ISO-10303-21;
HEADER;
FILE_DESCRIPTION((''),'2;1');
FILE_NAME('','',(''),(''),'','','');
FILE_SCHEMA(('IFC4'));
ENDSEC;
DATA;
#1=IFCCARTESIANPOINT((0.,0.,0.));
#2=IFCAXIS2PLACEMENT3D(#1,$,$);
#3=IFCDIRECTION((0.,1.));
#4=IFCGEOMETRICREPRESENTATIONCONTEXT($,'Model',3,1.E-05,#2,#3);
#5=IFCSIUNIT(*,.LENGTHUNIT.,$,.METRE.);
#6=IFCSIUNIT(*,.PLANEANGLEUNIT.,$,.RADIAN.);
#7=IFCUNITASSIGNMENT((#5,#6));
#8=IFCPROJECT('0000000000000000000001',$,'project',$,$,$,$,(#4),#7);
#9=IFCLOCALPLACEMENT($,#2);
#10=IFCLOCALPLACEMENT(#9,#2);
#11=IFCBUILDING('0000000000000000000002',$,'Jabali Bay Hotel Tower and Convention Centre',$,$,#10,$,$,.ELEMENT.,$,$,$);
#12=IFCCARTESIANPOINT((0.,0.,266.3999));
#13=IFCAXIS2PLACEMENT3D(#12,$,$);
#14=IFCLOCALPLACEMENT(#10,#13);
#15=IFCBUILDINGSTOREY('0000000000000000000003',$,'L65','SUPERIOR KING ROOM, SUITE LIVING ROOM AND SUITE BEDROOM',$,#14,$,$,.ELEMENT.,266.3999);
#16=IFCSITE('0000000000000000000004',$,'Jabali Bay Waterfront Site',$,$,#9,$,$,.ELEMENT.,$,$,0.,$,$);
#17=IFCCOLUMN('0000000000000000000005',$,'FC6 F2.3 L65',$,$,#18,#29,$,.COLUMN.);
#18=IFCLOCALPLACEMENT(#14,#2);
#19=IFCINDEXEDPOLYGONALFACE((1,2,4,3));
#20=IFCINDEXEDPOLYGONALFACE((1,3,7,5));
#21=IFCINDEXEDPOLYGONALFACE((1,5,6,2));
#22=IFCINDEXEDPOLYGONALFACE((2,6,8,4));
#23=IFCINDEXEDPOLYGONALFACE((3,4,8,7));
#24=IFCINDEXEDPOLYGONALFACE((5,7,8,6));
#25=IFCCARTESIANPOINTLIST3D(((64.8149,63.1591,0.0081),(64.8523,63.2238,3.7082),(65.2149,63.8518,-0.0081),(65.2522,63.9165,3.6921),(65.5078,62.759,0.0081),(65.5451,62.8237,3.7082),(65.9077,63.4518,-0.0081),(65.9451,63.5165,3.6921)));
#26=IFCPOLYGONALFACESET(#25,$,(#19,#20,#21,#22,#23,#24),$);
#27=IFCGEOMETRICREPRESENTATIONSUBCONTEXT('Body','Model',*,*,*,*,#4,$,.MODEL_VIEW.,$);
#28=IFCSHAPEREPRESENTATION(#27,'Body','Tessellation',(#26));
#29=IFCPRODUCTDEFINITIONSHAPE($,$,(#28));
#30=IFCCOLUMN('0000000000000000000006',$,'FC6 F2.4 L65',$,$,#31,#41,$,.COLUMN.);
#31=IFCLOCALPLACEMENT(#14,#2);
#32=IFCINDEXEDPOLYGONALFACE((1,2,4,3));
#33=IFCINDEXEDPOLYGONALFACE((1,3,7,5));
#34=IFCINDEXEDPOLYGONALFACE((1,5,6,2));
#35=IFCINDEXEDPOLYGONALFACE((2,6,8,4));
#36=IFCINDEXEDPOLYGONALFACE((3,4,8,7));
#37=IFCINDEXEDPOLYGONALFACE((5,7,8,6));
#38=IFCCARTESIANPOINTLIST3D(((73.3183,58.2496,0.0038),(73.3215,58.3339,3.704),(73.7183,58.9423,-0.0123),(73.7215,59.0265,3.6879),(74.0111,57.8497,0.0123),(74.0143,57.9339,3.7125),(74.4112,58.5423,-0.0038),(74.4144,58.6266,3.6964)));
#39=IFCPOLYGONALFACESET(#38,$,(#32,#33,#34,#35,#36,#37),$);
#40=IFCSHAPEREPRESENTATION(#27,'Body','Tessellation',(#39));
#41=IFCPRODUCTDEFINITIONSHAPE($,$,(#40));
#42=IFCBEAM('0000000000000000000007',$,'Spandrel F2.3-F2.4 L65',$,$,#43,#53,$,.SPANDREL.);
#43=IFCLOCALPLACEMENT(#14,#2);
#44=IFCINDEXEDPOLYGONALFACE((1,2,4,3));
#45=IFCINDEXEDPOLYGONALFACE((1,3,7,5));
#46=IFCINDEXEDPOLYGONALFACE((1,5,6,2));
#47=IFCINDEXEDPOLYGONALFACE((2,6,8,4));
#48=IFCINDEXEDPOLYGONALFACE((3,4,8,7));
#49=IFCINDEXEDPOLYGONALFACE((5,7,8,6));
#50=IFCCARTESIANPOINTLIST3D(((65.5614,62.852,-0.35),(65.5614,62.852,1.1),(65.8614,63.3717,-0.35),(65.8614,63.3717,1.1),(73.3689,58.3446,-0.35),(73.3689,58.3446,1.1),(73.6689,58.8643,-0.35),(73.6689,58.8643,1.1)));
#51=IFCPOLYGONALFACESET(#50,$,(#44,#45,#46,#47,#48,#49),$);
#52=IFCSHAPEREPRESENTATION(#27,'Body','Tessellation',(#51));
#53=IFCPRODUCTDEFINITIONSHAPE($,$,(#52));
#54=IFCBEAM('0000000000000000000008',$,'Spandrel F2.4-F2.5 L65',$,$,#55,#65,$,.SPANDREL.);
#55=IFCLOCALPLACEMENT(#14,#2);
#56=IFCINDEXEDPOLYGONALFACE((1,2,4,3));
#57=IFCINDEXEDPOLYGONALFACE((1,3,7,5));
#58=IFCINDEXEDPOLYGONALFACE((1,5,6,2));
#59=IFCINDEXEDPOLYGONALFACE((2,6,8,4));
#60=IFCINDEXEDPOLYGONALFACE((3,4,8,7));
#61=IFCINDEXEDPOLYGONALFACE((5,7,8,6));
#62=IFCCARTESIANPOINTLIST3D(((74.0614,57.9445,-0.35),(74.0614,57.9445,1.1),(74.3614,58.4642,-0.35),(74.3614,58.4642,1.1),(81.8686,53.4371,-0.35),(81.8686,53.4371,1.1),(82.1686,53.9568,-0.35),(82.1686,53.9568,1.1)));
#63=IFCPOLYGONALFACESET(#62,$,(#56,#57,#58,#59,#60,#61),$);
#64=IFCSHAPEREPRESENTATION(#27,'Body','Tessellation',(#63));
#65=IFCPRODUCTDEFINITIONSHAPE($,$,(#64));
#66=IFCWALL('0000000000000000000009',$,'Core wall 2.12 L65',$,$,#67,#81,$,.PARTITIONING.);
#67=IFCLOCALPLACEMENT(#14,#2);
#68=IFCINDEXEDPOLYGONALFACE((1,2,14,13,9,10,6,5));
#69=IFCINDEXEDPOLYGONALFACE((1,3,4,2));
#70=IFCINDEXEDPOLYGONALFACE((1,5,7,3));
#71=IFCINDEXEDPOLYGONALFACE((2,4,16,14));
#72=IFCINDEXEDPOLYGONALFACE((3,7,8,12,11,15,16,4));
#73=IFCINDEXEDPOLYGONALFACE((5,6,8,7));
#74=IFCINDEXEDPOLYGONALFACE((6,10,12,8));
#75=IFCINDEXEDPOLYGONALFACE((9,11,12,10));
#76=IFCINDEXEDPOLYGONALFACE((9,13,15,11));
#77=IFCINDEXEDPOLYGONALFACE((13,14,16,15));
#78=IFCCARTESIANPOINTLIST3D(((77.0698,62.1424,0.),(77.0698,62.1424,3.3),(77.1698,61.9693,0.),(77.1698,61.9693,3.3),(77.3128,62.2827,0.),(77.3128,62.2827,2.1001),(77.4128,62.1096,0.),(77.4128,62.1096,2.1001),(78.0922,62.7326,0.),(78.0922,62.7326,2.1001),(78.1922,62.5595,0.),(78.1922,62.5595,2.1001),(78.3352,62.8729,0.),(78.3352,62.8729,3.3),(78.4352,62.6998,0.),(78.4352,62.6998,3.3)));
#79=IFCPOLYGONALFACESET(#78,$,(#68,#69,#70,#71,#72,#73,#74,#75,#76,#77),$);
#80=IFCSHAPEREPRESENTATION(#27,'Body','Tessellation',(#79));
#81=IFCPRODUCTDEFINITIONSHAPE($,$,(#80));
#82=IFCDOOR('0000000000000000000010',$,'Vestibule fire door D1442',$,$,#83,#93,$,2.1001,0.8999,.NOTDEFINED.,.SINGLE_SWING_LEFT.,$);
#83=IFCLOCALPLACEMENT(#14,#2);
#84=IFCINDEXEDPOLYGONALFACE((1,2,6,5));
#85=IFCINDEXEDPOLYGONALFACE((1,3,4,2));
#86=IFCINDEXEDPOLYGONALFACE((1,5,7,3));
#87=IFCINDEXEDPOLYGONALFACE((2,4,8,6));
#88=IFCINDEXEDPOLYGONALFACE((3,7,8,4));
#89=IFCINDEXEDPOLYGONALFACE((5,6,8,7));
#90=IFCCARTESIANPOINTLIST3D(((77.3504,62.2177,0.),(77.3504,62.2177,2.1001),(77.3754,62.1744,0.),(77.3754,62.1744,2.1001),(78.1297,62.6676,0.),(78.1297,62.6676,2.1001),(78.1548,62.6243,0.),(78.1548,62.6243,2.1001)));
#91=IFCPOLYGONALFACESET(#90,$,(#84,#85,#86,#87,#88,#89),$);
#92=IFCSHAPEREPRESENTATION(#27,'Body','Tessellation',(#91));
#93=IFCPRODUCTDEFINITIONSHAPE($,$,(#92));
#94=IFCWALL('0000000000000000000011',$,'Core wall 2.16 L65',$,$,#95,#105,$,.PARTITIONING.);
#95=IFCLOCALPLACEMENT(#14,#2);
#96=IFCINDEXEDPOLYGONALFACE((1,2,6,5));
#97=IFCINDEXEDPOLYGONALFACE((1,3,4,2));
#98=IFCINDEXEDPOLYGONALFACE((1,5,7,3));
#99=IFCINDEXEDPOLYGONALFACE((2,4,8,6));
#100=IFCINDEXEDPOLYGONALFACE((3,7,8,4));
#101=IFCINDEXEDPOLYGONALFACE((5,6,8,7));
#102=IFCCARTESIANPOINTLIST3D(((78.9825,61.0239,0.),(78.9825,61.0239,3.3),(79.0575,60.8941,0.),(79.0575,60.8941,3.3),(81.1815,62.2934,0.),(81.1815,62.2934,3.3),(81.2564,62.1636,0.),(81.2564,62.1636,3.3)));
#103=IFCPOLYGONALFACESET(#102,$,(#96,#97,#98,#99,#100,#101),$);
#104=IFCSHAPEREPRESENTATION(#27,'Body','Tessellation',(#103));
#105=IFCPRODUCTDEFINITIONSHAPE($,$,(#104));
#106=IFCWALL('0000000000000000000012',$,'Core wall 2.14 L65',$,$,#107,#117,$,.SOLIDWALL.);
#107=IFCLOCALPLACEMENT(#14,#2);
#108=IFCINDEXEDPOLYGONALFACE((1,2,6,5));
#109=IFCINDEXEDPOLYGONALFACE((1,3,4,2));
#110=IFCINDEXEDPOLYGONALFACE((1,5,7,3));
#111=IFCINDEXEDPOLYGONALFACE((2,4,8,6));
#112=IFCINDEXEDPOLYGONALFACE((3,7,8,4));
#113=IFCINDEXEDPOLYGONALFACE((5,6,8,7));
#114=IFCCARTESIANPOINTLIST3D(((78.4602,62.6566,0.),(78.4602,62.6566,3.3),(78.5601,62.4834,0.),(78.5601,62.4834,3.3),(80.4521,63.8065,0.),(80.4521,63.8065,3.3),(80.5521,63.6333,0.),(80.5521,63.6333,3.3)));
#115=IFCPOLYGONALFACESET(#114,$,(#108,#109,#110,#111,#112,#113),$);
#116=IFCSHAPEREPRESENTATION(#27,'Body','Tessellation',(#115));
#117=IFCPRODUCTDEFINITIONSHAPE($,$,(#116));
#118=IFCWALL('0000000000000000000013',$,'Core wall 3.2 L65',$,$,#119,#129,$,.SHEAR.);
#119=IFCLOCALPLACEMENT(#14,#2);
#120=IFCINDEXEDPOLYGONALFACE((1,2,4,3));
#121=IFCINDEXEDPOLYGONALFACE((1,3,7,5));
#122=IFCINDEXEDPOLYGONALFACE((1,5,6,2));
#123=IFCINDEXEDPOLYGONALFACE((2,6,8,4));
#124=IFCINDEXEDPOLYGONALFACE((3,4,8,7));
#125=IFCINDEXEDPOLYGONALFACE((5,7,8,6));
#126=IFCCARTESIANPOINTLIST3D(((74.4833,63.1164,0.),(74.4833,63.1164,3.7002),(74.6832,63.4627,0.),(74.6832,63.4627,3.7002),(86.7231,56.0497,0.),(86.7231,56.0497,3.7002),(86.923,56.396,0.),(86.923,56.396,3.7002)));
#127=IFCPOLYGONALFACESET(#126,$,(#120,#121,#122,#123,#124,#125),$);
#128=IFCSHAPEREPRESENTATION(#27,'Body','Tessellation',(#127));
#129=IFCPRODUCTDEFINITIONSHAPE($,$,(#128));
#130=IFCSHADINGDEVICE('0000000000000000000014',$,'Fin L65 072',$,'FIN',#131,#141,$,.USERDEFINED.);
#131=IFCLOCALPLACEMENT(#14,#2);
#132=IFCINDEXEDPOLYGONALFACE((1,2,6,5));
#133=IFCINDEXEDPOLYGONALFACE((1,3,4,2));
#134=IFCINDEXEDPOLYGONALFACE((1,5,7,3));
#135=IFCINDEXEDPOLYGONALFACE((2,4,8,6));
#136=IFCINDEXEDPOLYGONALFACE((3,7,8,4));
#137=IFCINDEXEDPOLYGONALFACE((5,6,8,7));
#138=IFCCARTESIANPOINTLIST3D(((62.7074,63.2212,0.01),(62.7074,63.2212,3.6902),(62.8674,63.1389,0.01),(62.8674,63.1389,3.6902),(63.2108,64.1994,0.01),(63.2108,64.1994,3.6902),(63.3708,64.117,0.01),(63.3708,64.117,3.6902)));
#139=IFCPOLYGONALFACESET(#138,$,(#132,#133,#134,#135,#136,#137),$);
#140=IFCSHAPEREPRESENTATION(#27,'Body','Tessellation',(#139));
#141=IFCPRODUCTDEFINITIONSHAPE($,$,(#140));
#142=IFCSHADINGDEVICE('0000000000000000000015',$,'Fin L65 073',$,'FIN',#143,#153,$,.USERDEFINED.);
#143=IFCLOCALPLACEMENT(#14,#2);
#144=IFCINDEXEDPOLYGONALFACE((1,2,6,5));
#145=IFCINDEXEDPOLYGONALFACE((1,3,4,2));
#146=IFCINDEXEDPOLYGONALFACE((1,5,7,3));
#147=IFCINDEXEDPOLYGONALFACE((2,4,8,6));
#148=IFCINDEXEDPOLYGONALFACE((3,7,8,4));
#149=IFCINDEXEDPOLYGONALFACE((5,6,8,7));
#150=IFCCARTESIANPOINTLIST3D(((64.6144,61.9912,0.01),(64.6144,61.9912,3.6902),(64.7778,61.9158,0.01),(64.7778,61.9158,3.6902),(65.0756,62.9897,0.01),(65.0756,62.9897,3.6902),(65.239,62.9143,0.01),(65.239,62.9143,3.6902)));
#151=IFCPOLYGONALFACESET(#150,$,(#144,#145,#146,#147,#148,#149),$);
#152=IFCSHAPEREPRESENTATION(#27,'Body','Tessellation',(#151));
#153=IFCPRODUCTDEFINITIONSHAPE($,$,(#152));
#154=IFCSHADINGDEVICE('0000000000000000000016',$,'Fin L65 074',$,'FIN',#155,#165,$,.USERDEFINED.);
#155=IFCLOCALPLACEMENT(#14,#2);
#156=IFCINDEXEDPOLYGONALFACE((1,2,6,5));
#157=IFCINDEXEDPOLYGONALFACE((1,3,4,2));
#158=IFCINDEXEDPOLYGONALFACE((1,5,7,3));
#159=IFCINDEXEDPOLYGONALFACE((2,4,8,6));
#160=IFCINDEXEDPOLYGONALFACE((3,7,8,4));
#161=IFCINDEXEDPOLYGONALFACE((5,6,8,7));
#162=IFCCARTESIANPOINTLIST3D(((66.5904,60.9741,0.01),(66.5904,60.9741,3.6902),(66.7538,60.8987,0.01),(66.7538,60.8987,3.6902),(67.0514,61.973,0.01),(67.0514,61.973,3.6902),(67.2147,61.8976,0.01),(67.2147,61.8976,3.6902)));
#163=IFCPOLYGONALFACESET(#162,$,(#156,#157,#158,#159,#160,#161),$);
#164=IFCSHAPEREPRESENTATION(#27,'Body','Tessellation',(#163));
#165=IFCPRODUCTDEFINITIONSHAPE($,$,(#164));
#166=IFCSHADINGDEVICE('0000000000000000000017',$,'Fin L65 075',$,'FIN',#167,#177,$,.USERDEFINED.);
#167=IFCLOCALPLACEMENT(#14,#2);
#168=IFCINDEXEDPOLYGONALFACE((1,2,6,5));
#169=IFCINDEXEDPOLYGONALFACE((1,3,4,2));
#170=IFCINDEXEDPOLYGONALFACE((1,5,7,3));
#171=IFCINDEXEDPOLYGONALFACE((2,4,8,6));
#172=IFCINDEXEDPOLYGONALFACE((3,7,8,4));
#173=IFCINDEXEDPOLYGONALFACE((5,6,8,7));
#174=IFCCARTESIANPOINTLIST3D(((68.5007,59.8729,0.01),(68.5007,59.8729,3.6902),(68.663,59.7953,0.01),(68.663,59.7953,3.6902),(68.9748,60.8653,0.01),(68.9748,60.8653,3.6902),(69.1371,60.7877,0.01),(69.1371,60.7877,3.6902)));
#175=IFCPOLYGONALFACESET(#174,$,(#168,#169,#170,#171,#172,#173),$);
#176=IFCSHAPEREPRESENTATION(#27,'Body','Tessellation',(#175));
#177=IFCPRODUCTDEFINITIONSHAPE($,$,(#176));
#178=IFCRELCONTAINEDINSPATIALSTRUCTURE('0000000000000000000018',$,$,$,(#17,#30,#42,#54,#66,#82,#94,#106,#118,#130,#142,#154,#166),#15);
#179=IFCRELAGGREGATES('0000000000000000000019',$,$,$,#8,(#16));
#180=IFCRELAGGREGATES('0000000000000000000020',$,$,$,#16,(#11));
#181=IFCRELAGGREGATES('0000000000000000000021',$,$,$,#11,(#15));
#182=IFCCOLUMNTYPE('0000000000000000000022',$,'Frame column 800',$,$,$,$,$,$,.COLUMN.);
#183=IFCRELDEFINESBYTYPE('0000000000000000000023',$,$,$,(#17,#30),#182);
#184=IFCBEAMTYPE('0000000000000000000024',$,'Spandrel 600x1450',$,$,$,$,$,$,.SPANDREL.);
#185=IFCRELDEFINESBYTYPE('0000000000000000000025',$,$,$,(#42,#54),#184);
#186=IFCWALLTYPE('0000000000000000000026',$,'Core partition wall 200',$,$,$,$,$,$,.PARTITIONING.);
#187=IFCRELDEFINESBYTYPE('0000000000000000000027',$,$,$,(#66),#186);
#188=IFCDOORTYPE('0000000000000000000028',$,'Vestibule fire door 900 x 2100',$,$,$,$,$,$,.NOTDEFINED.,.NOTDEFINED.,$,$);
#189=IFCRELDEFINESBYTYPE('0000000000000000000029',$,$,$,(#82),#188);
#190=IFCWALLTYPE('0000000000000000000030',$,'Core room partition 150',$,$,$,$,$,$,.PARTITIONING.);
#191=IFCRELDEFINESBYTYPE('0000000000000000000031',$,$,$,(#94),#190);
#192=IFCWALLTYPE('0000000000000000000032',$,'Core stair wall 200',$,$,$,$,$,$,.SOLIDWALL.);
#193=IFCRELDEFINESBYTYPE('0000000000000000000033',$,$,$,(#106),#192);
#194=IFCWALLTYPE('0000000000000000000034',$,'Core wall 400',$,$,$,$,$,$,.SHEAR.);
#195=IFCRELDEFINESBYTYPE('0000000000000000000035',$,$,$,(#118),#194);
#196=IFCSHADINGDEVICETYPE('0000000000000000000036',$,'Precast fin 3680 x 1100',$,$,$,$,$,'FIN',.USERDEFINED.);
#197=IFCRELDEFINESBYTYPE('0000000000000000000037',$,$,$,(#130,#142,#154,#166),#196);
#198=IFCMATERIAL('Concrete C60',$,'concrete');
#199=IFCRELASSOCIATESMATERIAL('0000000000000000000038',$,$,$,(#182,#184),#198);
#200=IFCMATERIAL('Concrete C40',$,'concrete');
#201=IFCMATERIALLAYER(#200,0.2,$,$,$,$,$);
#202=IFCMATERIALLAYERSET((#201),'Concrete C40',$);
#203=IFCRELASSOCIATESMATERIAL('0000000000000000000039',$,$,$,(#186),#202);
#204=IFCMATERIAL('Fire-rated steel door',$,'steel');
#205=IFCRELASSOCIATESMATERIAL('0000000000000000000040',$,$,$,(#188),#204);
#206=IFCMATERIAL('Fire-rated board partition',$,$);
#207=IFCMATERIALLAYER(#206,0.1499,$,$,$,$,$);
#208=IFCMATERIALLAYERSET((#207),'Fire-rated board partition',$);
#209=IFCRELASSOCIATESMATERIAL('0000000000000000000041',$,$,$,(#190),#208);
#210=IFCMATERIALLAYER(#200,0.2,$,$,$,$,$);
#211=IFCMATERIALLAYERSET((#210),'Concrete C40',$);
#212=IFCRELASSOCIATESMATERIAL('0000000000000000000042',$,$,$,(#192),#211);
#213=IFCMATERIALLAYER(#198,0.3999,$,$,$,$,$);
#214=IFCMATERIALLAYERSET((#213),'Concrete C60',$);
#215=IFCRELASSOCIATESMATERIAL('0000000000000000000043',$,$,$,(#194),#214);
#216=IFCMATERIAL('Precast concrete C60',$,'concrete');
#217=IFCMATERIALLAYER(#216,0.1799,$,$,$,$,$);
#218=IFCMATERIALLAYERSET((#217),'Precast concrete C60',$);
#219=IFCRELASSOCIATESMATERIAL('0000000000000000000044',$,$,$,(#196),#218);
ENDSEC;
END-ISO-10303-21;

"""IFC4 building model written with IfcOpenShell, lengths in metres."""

from ifc_helpers import new_model, si_unit, direction, frame, frame_2d, origin, origin_2d, place, context, subcontext, project, spatial, rectangle, extrude, material, layer, layer_set, material_profile, profile_set, type_object, element, fill, save


model = new_model("IFC4")

# Units and contexts
model_context = context("Model", 3, precision=1e-05, world=origin(), true_north=direction((0.0, 1.0)))
body_context = subcontext(model_context, "Body", "Model", "MODEL_VIEW")
ifc_project = project(units=[si_unit("LENGTHUNIT", "METRE"), si_unit("PLANEANGLEUNIT", "RADIAN")], contexts=[model_context])

# Site, building, storey
site_placement = place(None, origin())
site = spatial("IfcSite", under=ifc_project, at=site_placement, Name="Jabali Bay Waterfront Site", CompositionType="ELEMENT", RefElevation=0.0)
building_placement = place(site_placement, origin())
building = spatial("IfcBuilding", under=site, at=building_placement, Name="Jabali Bay Hotel Tower and Convention Centre", CompositionType="ELEMENT")
storey_placement = place(building_placement, frame((0.0, 0.0, 266.3999)))
storey = spatial("IfcBuildingStorey", under=building, at=storey_placement, Name="L65", Description="SUPERIOR KING ROOM, SUITE LIVING ROOM AND SUITE BEDROOM", CompositionType="ELEMENT", Elevation=266.3999)

# Columns
ifc_material_1 = material(Name="Concrete C60", Category="concrete")
ifc_material_profile_1 = material_profile(ifc_material_1, rectangle(XDim=0.8, YDim=0.8, at=origin_2d()), Name="Frame column 800")
ifc_profile_set_1 = profile_set([ifc_material_profile_1], Name="Concrete C60")
column_type = type_object("IfcColumnType", Name="Frame column 800", PredefinedType="COLUMN", material=ifc_profile_set_1)
column_1_placement = place(storey_placement, frame((65.3613, 63.3054, 0.0), z_axis=(0.010093, 0.017481, 0.999796), x_axis=(-0.866026, 0.499999, 0.0)))
element("IfcColumn", 1, at=column_1_placement, inside=storey, type_object=column_type, Name="FC6 F2.3 L65", PredefinedType="COLUMN", context=body_context, shape_type="SweptSolid", body=[
    extrude(rectangle(XDim=0.8, YDim=0.8, at=origin_2d()), origin(), (0.0, 0.0, 1.0), 3.7009),
])
column_2_placement = place(storey_placement, frame((73.8647, 58.396, 0.0), z_axis=(0.000858, 0.022757, 0.999741), x_axis=(-0.500033, -0.865772, 0.020137)))
element("IfcColumn", 2, at=column_2_placement, inside=storey, type_object=column_type, Name="FC6 F2.4 L65", PredefinedType="COLUMN", context=body_context, shape_type="SweptSolid", body=[
    extrude(rectangle(XDim=0.8, YDim=0.8, at=origin_2d()), origin(), (0.0, 0.0, 1.0), 3.7012),
])

# Beams
ifc_material_profile_2 = material_profile(ifc_material_1, rectangle(XDim=0.6001, YDim=1.45, at=origin_2d()), Name="Spandrel 600x1450")
ifc_profile_set_2 = profile_set([ifc_material_profile_2], Name="Concrete C60")
beam_type = type_object("IfcBeamType", Name="Spandrel 600x1450", PredefinedType="SPANDREL", material=ifc_profile_set_2)
beam_1_placement = place(storey_placement, frame((65.7114, 63.1118, 0.375), z_axis=(0.866038, -0.499978, 0.0), x_axis=(0.499978, 0.866038, 0.0)))
element("IfcBeam", 3, at=beam_1_placement, inside=storey, type_object=beam_type, Name="Spandrel F2.3-F2.4 L65", PredefinedType="SPANDREL", context=body_context, shape_type="SweptSolid", body=[
    extrude(rectangle(XDim=0.6001, YDim=1.45, at=origin_2d()), origin(), (0.0, 0.0, 1.0), 9.0151),
])
beam_2_placement = place(storey_placement, frame((74.2114, 58.2043, 0.375), z_axis=(0.866031, -0.49999, 0.0), x_axis=(0.49999, 0.866031, 0.0)))
element("IfcBeam", 4, at=beam_2_placement, inside=storey, type_object=beam_type, Name="Spandrel F2.4-F2.5 L65", PredefinedType="SPANDREL", context=body_context, shape_type="SweptSolid", body=[
    extrude(rectangle(XDim=0.6001, YDim=1.45, at=origin_2d()), origin(), (0.0, 0.0, 1.0), 9.0149),
])

# Wall, opening, door
ifc_material_2 = material(Name="Concrete C40", Category="concrete")
ifc_layer_1 = layer(ifc_material_2, 0.2)
ifc_layer_set_1 = layer_set([ifc_layer_1], Name="Concrete C40")
wall_type_1 = type_object("IfcWallType", Name="Core partition wall 200", PredefinedType="PARTITIONING", material=ifc_layer_set_1)
wall_1_placement = place(storey_placement, frame((77.1199, 62.0559, 0.0), z_axis=(0.0, 0.0, 1.0), x_axis=(0.866055, 0.499949, 0.0)))
wall_1 = element("IfcWall", 5, at=wall_1_placement, inside=storey, type_object=wall_type_1, Name="Core wall 2.12 L65", PredefinedType="PARTITIONING", context=body_context, shape_type="SweptSolid", body=[
    extrude(rectangle(XDim=1.4612, YDim=0.2, at=frame_2d((0.7305, 0.0))), origin(), (0.0, 0.0, 1.0), 3.3),
])
opening_placement = place(wall_1_placement, frame((0.2805, 0.0, 0.0)))
opening = element("IfcOpeningElement", 6, at=opening_placement, cuts=wall_1, PredefinedType="OPENING", context=body_context, shape_type="SweptSolid", body=[
    extrude(rectangle(XDim=0.8999, YDim=2.1001, at=frame_2d((0.45, 1.05))), frame((0.0, 0.1104, 0.0), z_axis=(0.0, -1.0, 0.0), x_axis=(1.0, 0.0, 0.0)), (0.0, 0.0, 1.0), 0.2209),
])
ifc_material_3 = material(Name="Fire-rated steel door", Category="steel")
door_type = type_object("IfcDoorType", Name="Vestibule fire door 900 x 2100", OperationType="NOTDEFINED", PredefinedType="NOTDEFINED", material=ifc_material_3)
door_placement = place(opening_placement, origin())
door = element("IfcDoor", 7, at=door_placement, inside=storey, type_object=door_type, Name="Vestibule fire door D1442", OperationType="SINGLE_SWING_LEFT", OverallHeight=2.1001, OverallWidth=0.8999, PredefinedType="NOTDEFINED", context=body_context, shape_type="SweptSolid", body=[
    extrude(rectangle(XDim=0.8999, YDim=2.1001, at=frame_2d((0.45, 1.05))), frame((0.0, 0.0249, 0.0), z_axis=(0.0, -1.0, 0.0), x_axis=(1.0, 0.0, 0.0)), (0.0, 0.0, 1.0), 0.05),
])
fill(opening, door)

# Walls
ifc_material_4 = material(Name="Fire-rated board partition")
ifc_layer_2 = layer(ifc_material_4, 0.1499)
ifc_layer_set_2 = layer_set([ifc_layer_2], Name="Fire-rated board partition")
wall_type_2 = type_object("IfcWallType", Name="Core room partition 150", PredefinedType="PARTITIONING", material=ifc_layer_set_2)
wall_2_placement = place(storey_placement, frame((79.02, 60.959, 0.0), z_axis=(0.0, 0.0, 1.0), x_axis=(0.866033, 0.499986, 0.0)))
element("IfcWall", 8, at=wall_2_placement, inside=storey, type_object=wall_type_2, Name="Core wall 2.16 L65", PredefinedType="PARTITIONING", context=body_context, shape_type="SweptSolid", body=[
    extrude(rectangle(XDim=2.5391, YDim=0.1499, at=frame_2d((1.2695, 0.0))), origin(), (0.0, 0.0, 1.0), 3.3),
])
ifc_layer_3 = layer(ifc_material_2, 0.2)
ifc_layer_set_3 = layer_set([ifc_layer_3], Name="Concrete C40")
wall_type_3 = type_object("IfcWallType", Name="Core stair wall 200", PredefinedType="SOLIDWALL", material=ifc_layer_set_3)
wall_3_placement = place(storey_placement, frame((78.5103, 62.5701, 0.0), z_axis=(0.0, 0.0, 1.0), x_axis=(0.866053, 0.499952, 0.0)))
element("IfcWall", 9, at=wall_3_placement, inside=storey, type_object=wall_type_3, Name="Core wall 2.14 L65", PredefinedType="SOLIDWALL", context=body_context, shape_type="SweptSolid", body=[
    extrude(rectangle(XDim=2.3, YDim=0.2, at=frame_2d((1.1499, 0.0))), origin(), (0.0, 0.0, 1.0), 3.3),
])
ifc_layer_4 = layer(ifc_material_1, 0.3999)
ifc_layer_set_4 = layer_set([ifc_layer_4], Name="Concrete C60")
wall_type_4 = type_object("IfcWallType", Name="Core wall 400", PredefinedType="SHEAR", material=ifc_layer_set_4)
wall_4_placement = place(storey_placement, frame((74.5833, 63.2896, 0.0), z_axis=(0.0, 0.0, 1.0), x_axis=(0.866024, -0.500002, 0.0)))
element("IfcWall", 10, at=wall_4_placement, inside=storey, type_object=wall_type_4, Name="Core wall 3.2 L65", PredefinedType="SHEAR", context=body_context, shape_type="SweptSolid", body=[
    extrude(rectangle(XDim=14.1333, YDim=0.3999, at=frame_2d((7.0667, 0.0))), origin(), (0.0, 0.0, 1.0), 3.7002),
])

# Shading devices
ifc_material_5 = material(Name="Precast concrete C60", Category="concrete")
ifc_layer_5 = layer(ifc_material_5, 0.1799)
ifc_layer_set_5 = layer_set([ifc_layer_5], Name="Precast concrete C60")
shading_device_type = type_object("IfcShadingDeviceType", Name="Precast fin 3680 x 1100", ElementType="FIN", PredefinedType="USERDEFINED", material=ifc_layer_set_5)
shading_device_1_placement = place(storey_placement, frame((63.2908, 64.1582, 0.01), z_axis=(0.0, 0.0, 1.0), x_axis=(-0.457569, -0.889174, 0.0)))
element("IfcShadingDevice", 11, at=shading_device_1_placement, inside=storey, type_object=shading_device_type, Name="Fin L65 072", ObjectType="FIN", PredefinedType="USERDEFINED", context=body_context, shape_type="SweptSolid", body=[
    extrude(rectangle(XDim=1.1001, YDim=0.1799, at=frame_2d((0.55, 0.0))), origin(), (0.0, 0.0, 1.0), 3.6802),
])
shading_device_2_placement = place(storey_placement, frame((65.1572, 62.9519, 0.01), z_axis=(0.0, 0.0, 1.0), x_axis=(-0.419297, -0.907849, 0.0)))
element("IfcShadingDevice", 12, at=shading_device_2_placement, inside=storey, type_object=shading_device_type, Name="Fin L65 073", ObjectType="FIN", PredefinedType="USERDEFINED", context=body_context, shape_type="SweptSolid", body=[
    extrude(rectangle(XDim=1.0999, YDim=0.1799, at=frame_2d((0.5498, 0.0))), origin(), (0.0, 0.0, 1.0), 3.6802),
])
shading_device_3_placement = place(storey_placement, frame((67.1331, 61.9353, 0.01), z_axis=(0.0, 0.0, 1.0), x_axis=(-0.41903, -0.907972, 0.0)))
element("IfcShadingDevice", 13, at=shading_device_3_placement, inside=storey, type_object=shading_device_type, Name="Fin L65 074", ObjectType="FIN", PredefinedType="USERDEFINED", context=body_context, shape_type="SweptSolid", body=[
    extrude(rectangle(XDim=1.1001, YDim=0.1799, at=frame_2d((0.55, 0.0))), origin(), (0.0, 0.0, 1.0), 3.6802),
])
shading_device_4_placement = place(storey_placement, frame((69.0559, 60.8264, 0.01), z_axis=(0.0, 0.0, 1.0), x_axis=(-0.431071, -0.902318, 0.0)))
element("IfcShadingDevice", 14, at=shading_device_4_placement, inside=storey, type_object=shading_device_type, Name="Fin L65 075", ObjectType="FIN", PredefinedType="USERDEFINED", context=body_context, shape_type="SweptSolid", body=[
    extrude(rectangle(XDim=1.0999, YDim=0.1799, at=frame_2d((0.5498, 0.0))), origin(), (0.0, 0.0, 1.0), 3.6802),
])

save(model, "model.ifc")
